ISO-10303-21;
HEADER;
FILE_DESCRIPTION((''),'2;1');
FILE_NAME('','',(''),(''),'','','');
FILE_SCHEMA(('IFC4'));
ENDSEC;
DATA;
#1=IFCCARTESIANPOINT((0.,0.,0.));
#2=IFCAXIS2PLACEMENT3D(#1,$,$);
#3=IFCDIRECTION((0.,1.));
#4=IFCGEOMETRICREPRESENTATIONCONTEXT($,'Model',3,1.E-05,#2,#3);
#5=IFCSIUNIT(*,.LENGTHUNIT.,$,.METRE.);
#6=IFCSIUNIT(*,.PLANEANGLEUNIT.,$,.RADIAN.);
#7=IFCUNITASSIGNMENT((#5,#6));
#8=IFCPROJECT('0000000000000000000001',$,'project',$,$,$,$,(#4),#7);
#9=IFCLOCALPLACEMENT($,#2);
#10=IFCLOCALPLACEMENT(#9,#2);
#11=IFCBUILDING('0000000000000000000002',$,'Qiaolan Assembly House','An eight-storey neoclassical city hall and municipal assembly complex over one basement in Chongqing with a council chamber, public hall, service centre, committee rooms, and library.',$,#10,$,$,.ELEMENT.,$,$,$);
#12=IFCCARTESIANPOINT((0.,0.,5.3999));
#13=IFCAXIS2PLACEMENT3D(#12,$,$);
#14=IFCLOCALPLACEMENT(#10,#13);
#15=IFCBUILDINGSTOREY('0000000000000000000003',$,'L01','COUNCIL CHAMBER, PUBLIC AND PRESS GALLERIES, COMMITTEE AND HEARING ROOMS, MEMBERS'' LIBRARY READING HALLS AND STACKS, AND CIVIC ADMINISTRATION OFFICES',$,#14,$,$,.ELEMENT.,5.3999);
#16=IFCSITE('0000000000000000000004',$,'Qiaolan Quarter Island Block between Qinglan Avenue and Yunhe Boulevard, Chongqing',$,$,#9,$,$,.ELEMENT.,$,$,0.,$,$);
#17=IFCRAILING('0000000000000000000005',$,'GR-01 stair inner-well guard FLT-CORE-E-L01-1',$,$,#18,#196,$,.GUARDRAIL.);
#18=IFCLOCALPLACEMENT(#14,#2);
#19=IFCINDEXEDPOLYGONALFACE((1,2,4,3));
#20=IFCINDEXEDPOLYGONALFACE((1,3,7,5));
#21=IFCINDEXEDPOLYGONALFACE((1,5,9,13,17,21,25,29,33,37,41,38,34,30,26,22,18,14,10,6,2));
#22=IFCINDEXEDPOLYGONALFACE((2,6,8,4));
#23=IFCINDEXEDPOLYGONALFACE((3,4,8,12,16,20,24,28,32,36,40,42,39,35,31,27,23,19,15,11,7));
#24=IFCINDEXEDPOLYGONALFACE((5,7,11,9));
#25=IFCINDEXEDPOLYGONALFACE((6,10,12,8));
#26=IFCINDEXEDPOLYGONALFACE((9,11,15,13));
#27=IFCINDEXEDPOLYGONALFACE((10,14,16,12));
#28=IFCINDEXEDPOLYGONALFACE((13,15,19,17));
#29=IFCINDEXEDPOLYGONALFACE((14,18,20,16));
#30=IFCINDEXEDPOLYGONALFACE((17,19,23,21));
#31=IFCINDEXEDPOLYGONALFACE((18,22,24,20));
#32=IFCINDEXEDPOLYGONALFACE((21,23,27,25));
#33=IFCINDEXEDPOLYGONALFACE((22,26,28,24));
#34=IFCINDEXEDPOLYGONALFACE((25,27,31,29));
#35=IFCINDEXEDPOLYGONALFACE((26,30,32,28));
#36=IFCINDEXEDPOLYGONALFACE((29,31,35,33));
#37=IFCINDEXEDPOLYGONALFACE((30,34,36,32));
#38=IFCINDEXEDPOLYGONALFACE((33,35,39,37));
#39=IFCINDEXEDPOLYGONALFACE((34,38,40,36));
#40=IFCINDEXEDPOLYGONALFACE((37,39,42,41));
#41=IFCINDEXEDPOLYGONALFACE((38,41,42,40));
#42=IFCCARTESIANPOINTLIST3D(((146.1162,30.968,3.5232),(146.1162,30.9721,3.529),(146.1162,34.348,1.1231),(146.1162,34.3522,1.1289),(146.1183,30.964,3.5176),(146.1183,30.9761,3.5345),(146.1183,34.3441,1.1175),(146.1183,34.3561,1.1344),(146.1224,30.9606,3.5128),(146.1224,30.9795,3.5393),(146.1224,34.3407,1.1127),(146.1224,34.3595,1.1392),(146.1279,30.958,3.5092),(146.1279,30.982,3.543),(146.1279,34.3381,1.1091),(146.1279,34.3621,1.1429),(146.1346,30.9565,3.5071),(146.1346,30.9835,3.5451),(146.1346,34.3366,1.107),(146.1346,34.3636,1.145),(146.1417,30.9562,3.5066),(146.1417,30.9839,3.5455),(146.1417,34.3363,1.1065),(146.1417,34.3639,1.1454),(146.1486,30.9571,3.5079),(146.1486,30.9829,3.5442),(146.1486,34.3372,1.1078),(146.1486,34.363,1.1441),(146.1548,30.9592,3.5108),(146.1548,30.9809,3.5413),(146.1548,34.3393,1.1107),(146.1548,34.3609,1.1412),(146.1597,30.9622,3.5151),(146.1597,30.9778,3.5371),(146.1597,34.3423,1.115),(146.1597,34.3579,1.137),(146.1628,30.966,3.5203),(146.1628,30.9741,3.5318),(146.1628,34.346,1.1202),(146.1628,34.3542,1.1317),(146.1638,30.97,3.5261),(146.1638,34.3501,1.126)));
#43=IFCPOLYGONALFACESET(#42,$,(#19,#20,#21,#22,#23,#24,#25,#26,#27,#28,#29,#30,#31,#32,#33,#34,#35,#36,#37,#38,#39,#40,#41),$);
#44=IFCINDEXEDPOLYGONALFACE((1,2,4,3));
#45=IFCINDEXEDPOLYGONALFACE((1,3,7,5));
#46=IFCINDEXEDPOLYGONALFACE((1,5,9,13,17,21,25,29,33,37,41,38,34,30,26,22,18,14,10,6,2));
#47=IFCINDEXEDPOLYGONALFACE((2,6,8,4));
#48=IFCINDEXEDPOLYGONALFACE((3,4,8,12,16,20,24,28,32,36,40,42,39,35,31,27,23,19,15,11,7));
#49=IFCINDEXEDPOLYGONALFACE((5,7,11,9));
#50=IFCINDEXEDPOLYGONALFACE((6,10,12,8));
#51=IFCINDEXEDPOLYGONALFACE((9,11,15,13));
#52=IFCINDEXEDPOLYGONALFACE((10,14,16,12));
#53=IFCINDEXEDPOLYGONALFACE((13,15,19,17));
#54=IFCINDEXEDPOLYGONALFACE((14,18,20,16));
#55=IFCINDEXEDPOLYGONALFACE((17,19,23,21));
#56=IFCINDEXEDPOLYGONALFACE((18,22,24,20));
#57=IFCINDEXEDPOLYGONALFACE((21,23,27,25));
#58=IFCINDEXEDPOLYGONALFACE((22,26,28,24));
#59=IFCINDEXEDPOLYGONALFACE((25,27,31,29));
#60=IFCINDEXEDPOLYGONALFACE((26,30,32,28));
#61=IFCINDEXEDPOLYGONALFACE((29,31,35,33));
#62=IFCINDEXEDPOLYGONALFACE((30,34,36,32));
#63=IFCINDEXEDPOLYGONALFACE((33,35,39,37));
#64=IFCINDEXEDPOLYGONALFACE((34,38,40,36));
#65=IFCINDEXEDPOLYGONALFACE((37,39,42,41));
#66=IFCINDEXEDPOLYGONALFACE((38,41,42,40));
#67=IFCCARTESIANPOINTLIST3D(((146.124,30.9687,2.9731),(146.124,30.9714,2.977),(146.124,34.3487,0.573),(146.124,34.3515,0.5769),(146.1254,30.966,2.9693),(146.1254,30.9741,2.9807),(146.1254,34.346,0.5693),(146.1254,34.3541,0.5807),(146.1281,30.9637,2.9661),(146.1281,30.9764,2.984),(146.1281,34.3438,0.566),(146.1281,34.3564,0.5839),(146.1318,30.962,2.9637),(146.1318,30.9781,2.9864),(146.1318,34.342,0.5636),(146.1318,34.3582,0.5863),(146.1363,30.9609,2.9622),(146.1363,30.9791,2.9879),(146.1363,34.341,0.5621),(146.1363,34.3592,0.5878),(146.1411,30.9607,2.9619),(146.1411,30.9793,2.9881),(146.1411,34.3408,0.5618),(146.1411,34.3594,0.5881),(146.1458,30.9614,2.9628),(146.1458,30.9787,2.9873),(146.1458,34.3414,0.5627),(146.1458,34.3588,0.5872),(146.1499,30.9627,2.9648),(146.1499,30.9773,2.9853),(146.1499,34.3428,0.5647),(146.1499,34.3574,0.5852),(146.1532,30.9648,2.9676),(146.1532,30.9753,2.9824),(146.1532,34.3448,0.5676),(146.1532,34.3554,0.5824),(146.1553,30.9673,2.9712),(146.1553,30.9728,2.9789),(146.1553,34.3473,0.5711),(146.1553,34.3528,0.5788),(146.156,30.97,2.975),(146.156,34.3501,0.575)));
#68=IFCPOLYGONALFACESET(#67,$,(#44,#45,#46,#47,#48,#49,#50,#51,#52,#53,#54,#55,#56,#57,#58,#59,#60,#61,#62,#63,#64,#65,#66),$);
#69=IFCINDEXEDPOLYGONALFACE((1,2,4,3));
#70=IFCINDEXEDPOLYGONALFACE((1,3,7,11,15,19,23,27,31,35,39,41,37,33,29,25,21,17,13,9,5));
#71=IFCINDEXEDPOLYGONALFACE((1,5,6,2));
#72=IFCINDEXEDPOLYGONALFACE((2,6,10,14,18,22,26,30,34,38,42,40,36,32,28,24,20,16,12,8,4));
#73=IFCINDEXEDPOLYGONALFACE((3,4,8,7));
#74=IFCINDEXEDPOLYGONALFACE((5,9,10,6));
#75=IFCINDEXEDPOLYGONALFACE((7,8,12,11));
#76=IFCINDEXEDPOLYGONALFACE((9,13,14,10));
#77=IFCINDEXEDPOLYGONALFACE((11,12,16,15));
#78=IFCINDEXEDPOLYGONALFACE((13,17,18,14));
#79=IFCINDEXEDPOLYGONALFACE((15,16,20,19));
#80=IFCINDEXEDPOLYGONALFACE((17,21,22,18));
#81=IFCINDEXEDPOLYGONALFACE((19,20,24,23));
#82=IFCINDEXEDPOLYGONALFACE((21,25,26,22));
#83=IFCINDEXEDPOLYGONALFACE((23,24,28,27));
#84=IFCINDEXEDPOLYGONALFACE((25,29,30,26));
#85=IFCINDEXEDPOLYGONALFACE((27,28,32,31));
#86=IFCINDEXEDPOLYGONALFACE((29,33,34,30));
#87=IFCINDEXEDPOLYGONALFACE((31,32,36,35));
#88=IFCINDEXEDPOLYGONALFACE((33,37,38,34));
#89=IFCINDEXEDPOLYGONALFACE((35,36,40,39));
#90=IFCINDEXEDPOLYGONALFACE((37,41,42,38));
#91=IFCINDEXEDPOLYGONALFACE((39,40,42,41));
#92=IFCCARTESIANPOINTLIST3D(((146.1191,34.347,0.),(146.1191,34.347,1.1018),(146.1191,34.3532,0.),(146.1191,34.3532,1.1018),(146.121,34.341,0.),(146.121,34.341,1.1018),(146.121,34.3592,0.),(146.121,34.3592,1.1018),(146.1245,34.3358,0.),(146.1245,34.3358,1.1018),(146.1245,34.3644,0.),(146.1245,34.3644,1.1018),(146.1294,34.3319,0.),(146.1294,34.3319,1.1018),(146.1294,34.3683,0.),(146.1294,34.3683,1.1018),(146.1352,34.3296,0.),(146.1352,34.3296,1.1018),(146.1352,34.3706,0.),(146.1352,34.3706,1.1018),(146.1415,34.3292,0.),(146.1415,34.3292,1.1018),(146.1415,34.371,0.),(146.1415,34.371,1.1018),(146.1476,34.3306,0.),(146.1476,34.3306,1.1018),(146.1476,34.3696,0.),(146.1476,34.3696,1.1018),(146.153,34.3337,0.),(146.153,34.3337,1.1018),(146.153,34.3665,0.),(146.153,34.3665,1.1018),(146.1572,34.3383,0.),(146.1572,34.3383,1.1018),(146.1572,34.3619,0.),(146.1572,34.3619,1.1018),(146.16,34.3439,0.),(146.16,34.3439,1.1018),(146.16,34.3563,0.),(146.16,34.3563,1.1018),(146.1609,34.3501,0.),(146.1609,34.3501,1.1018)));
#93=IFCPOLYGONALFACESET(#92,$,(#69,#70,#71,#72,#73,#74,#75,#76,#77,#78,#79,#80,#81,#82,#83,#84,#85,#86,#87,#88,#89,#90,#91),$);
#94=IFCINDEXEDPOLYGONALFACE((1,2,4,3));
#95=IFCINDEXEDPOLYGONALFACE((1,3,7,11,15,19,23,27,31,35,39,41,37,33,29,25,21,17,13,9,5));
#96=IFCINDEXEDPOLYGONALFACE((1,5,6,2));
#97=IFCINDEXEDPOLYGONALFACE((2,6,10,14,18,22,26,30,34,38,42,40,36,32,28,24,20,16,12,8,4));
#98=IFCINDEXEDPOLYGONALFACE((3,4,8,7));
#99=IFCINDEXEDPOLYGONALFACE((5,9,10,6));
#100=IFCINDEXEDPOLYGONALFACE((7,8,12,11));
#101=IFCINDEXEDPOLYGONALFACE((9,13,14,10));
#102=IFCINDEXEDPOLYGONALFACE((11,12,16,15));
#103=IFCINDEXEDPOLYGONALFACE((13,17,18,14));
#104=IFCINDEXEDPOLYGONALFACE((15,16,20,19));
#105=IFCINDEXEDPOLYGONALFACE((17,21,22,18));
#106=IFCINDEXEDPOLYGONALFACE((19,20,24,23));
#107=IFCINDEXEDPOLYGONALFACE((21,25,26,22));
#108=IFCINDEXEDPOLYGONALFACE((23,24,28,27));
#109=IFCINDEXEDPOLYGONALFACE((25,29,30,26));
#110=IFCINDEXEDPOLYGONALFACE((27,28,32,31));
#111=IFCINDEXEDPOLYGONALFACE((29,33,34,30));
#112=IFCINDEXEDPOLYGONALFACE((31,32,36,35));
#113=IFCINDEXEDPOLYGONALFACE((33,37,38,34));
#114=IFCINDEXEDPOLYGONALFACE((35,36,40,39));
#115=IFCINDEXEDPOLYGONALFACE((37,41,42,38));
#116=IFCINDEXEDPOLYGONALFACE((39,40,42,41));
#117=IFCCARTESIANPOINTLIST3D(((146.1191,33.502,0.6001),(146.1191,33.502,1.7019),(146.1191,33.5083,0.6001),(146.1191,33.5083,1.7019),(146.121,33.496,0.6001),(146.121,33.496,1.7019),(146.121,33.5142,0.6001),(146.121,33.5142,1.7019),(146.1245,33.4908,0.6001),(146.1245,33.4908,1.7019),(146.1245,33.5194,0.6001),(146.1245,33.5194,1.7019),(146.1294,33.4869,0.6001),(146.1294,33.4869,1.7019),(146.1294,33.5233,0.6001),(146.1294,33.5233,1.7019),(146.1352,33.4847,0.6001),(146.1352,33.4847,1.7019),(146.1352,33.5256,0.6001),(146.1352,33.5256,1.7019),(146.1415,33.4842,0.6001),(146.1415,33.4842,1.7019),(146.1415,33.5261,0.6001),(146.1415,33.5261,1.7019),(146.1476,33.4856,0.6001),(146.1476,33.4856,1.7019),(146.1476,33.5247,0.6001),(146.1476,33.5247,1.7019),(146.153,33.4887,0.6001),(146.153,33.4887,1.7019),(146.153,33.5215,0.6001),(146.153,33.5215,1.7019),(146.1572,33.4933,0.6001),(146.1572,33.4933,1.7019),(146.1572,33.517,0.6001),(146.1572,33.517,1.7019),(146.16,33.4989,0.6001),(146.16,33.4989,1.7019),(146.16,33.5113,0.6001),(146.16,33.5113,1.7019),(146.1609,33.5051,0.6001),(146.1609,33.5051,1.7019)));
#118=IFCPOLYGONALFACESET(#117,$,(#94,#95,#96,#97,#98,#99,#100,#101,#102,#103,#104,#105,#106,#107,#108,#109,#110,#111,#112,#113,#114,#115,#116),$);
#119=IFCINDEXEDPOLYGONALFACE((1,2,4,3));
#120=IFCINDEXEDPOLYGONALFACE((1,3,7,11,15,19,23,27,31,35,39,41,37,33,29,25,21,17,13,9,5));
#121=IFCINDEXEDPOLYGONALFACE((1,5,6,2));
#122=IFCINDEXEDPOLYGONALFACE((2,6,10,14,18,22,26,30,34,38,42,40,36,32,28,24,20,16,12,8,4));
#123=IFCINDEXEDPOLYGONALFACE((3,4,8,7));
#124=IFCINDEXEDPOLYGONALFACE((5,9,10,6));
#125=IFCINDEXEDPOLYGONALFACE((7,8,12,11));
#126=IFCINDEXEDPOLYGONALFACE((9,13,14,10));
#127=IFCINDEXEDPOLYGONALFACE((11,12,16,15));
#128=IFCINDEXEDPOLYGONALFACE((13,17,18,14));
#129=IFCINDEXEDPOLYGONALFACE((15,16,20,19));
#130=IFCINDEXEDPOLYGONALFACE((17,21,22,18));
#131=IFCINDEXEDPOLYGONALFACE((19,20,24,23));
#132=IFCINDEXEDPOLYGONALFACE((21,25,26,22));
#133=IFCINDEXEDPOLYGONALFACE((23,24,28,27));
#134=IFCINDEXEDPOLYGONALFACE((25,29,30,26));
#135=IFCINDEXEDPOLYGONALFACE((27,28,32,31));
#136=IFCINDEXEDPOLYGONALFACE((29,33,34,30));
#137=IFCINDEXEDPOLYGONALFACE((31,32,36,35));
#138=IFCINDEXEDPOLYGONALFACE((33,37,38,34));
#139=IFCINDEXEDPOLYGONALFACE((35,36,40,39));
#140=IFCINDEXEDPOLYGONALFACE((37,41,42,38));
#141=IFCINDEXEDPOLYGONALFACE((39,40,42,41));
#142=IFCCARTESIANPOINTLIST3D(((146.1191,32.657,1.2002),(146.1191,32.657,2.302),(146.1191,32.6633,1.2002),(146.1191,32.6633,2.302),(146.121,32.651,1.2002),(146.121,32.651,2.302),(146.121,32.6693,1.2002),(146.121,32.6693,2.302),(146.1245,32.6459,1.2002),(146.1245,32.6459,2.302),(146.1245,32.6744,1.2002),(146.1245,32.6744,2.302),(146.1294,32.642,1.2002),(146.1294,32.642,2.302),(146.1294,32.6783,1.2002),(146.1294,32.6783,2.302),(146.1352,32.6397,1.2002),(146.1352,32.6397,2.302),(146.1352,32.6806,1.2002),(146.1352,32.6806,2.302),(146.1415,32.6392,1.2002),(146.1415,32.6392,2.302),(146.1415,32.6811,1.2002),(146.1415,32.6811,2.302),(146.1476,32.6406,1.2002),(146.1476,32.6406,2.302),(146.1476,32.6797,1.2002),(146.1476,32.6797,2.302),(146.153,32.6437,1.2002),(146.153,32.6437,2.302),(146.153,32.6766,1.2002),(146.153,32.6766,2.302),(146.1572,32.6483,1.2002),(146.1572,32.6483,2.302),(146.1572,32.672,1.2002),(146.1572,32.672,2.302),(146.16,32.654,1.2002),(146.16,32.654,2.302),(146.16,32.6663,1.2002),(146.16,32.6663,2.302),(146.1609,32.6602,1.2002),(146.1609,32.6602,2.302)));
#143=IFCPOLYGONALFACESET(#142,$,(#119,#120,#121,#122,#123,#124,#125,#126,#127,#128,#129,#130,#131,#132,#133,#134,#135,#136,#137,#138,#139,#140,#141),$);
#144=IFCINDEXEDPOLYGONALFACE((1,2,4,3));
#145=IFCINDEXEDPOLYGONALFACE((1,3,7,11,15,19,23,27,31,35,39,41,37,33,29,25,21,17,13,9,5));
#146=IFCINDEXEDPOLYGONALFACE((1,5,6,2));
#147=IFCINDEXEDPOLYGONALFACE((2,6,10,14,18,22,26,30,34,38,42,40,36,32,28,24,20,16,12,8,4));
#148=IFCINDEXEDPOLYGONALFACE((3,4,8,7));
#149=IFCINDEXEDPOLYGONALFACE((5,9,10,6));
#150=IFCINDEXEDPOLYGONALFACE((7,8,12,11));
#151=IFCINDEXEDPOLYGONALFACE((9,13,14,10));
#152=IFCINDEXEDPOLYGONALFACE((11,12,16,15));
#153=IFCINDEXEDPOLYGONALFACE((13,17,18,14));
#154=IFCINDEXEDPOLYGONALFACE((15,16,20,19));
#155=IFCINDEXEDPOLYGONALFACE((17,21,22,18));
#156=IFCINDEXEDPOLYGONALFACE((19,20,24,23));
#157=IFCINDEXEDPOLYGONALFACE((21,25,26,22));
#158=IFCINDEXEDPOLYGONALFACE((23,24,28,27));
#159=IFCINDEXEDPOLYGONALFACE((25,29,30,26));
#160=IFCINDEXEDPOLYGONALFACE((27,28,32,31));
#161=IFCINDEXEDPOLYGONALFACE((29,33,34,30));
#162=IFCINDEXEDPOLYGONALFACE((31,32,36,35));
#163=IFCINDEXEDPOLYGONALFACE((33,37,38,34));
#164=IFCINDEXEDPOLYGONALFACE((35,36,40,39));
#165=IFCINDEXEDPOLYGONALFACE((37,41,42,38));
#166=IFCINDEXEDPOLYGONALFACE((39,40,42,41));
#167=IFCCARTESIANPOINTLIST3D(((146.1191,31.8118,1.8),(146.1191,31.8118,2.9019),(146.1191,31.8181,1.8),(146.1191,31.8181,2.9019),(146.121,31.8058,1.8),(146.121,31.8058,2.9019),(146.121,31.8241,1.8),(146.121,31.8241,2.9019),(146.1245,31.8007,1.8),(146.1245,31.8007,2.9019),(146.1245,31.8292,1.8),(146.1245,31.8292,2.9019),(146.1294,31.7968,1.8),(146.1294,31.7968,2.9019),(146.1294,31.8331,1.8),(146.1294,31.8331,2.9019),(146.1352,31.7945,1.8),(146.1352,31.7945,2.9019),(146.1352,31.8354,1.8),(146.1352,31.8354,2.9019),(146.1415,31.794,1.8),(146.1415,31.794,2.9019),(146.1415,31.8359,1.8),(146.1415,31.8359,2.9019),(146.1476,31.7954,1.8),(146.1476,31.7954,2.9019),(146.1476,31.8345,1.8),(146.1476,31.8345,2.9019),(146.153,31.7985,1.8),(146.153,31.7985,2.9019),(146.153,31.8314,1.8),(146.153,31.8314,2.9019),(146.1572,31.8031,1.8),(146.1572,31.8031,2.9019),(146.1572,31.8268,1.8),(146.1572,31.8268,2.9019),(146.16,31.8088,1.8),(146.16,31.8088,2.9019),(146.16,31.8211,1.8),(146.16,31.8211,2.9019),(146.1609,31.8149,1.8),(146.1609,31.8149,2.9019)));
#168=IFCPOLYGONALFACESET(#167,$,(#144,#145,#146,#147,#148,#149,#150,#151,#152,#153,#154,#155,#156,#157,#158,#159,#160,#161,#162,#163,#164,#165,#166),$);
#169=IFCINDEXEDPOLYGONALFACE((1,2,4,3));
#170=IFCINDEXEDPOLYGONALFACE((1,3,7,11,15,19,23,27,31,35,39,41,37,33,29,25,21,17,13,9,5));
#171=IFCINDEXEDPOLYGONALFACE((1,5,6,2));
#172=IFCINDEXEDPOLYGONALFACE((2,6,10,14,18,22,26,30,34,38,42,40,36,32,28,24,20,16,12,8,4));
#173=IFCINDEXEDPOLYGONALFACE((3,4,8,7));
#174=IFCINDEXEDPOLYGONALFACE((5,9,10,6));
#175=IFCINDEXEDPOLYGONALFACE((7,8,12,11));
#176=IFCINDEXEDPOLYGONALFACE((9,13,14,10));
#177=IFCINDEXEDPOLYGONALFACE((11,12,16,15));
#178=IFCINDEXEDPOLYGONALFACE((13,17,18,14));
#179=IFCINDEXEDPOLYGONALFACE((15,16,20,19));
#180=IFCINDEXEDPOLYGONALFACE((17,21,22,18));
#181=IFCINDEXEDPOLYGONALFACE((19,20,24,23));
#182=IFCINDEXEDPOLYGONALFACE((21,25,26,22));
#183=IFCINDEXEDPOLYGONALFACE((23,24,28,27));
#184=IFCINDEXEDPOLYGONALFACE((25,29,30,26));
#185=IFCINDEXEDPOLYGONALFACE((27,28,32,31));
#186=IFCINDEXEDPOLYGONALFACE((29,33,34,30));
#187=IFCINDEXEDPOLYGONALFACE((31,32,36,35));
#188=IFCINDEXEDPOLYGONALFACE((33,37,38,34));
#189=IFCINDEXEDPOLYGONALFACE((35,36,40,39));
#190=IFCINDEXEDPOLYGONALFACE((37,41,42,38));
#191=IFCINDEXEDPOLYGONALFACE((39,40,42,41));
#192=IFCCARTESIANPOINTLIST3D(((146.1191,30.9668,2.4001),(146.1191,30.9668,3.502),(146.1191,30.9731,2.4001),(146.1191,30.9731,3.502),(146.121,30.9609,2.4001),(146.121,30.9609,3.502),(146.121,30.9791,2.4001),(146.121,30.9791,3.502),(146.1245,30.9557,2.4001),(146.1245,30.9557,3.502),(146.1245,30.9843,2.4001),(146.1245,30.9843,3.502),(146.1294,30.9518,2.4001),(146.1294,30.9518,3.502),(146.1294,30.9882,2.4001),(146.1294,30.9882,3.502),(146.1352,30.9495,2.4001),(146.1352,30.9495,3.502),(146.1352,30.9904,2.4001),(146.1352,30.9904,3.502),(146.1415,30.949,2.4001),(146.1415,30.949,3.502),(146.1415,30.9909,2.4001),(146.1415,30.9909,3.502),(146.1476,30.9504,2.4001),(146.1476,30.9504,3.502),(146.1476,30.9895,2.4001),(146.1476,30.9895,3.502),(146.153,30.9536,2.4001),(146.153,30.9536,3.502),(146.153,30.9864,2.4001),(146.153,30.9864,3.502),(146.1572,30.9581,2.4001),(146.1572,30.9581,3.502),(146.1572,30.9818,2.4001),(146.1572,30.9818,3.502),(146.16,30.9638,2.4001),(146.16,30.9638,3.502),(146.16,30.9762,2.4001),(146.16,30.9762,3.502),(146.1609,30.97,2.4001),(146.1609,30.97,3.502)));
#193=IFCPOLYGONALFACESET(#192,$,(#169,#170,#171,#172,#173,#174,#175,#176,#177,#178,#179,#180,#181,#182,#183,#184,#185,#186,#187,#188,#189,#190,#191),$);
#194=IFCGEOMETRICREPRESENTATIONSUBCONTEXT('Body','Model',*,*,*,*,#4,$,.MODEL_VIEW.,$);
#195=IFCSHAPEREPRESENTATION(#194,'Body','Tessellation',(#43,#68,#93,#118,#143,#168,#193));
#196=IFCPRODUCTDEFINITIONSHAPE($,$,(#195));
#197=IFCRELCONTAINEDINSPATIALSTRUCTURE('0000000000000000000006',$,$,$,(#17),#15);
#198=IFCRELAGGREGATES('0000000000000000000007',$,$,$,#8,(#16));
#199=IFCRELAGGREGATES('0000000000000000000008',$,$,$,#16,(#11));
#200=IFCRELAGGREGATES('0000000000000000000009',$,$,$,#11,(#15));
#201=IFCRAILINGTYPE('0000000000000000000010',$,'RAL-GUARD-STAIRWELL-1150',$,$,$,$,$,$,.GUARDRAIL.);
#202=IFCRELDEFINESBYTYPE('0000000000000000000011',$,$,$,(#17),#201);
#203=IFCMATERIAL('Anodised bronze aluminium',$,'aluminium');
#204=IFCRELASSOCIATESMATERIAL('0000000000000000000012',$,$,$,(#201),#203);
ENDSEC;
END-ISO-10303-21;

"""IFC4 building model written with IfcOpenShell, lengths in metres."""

from ifc_helpers import new_model, si_unit, direction, frame, origin, origin_2d, place, context, subcontext, project, spatial, circle, extrude, material, type_object, element, save


model = new_model("IFC4")

# Units and contexts
model_context = context("Model", 3, precision=1e-05, world=origin(), true_north=direction((0.0, 1.0)))
body_context = subcontext(model_context, "Body", "Model", "MODEL_VIEW")
ifc_project = project(units=[si_unit("LENGTHUNIT", "METRE"), si_unit("PLANEANGLEUNIT", "RADIAN")], contexts=[model_context])

# Site, building, storey
site_placement = place(None, origin())
site = spatial("IfcSite", under=ifc_project, at=site_placement, Name="Qiaolan Quarter Island Block between Qinglan Avenue and Yunhe Boulevard, Chongqing", CompositionType="ELEMENT", RefElevation=0.0)
building_placement = place(site_placement, origin())
building = spatial("IfcBuilding", under=site, at=building_placement, Name="Qiaolan Assembly House", Description="An eight-storey neoclassical city hall and municipal assembly complex over one basement in Chongqing with a council chamber, public hall, service centre, committee rooms, and library.", CompositionType="ELEMENT")
storey_placement = place(building_placement, frame((0.0, 0.0, 5.3999)))
storey = spatial("IfcBuildingStorey", under=building, at=storey_placement, Name="L01", Description="COUNCIL CHAMBER, PUBLIC AND PRESS GALLERIES, COMMITTEE AND HEARING ROOMS, MEMBERS' LIBRARY READING HALLS AND STACKS, AND CIVIC ADMINISTRATION OFFICES", CompositionType="ELEMENT", Elevation=5.3999)

# Shared definitions
ifc_material_1 = material(Name="Anodised bronze aluminium", Category="aluminium")

# Railing
railing_type_1 = type_object("IfcRailingType", Name="RAL-GUARD-STAIRWELL-1150", PredefinedType="GUARDRAIL", material=ifc_material_1)
railing_1_placement = place(storey_placement, frame((146.1399, 34.3501, 0.0)))
element("IfcRailing", 1, at=railing_1_placement, inside=storey, type_object=railing_type_1, Name="GR-01 stair inner-well guard FLT-CORE-E-L01-1", PredefinedType="GUARDRAIL", context=body_context, shape_type="SweptSolid", body=[
    extrude(circle(Radius=0.0239, at=origin_2d()), frame((0.0, 0.0, 1.126), z_axis=(0.0, -0.815354, 0.578963), x_axis=(1.0, 0.0, 0.0)), (0.0, 0.0, 1.0), 4.1455),
    extrude(circle(Radius=0.0161, at=origin_2d()), frame((0.0, 0.0, 0.575), z_axis=(0.0, -0.815354, 0.578963), x_axis=(1.0, 0.0, 0.0)), (0.0, 0.0, 1.0), 4.1455),
    extrude(circle(Radius=0.021, at=origin_2d()), origin(), (0.0, 0.0, 1.0), 1.1018),
    extrude(circle(Radius=0.021, at=origin_2d()), frame((0.0, -0.845, 0.6001)), (0.0, 0.0, 1.0), 1.1018),
    extrude(circle(Radius=0.021, at=origin_2d()), frame((0.0, -1.6899, 1.2002)), (0.0, 0.0, 1.0), 1.1018),
    extrude(circle(Radius=0.021, at=origin_2d()), frame((0.0, -2.5352, 1.8)), (0.0, 0.0, 1.0), 1.1018),
    extrude(circle(Radius=0.021, at=origin_2d()), frame((0.0, -3.3801, 2.4001)), (0.0, 0.0, 1.0), 1.1018),
])

save(model, "model.ifc")
